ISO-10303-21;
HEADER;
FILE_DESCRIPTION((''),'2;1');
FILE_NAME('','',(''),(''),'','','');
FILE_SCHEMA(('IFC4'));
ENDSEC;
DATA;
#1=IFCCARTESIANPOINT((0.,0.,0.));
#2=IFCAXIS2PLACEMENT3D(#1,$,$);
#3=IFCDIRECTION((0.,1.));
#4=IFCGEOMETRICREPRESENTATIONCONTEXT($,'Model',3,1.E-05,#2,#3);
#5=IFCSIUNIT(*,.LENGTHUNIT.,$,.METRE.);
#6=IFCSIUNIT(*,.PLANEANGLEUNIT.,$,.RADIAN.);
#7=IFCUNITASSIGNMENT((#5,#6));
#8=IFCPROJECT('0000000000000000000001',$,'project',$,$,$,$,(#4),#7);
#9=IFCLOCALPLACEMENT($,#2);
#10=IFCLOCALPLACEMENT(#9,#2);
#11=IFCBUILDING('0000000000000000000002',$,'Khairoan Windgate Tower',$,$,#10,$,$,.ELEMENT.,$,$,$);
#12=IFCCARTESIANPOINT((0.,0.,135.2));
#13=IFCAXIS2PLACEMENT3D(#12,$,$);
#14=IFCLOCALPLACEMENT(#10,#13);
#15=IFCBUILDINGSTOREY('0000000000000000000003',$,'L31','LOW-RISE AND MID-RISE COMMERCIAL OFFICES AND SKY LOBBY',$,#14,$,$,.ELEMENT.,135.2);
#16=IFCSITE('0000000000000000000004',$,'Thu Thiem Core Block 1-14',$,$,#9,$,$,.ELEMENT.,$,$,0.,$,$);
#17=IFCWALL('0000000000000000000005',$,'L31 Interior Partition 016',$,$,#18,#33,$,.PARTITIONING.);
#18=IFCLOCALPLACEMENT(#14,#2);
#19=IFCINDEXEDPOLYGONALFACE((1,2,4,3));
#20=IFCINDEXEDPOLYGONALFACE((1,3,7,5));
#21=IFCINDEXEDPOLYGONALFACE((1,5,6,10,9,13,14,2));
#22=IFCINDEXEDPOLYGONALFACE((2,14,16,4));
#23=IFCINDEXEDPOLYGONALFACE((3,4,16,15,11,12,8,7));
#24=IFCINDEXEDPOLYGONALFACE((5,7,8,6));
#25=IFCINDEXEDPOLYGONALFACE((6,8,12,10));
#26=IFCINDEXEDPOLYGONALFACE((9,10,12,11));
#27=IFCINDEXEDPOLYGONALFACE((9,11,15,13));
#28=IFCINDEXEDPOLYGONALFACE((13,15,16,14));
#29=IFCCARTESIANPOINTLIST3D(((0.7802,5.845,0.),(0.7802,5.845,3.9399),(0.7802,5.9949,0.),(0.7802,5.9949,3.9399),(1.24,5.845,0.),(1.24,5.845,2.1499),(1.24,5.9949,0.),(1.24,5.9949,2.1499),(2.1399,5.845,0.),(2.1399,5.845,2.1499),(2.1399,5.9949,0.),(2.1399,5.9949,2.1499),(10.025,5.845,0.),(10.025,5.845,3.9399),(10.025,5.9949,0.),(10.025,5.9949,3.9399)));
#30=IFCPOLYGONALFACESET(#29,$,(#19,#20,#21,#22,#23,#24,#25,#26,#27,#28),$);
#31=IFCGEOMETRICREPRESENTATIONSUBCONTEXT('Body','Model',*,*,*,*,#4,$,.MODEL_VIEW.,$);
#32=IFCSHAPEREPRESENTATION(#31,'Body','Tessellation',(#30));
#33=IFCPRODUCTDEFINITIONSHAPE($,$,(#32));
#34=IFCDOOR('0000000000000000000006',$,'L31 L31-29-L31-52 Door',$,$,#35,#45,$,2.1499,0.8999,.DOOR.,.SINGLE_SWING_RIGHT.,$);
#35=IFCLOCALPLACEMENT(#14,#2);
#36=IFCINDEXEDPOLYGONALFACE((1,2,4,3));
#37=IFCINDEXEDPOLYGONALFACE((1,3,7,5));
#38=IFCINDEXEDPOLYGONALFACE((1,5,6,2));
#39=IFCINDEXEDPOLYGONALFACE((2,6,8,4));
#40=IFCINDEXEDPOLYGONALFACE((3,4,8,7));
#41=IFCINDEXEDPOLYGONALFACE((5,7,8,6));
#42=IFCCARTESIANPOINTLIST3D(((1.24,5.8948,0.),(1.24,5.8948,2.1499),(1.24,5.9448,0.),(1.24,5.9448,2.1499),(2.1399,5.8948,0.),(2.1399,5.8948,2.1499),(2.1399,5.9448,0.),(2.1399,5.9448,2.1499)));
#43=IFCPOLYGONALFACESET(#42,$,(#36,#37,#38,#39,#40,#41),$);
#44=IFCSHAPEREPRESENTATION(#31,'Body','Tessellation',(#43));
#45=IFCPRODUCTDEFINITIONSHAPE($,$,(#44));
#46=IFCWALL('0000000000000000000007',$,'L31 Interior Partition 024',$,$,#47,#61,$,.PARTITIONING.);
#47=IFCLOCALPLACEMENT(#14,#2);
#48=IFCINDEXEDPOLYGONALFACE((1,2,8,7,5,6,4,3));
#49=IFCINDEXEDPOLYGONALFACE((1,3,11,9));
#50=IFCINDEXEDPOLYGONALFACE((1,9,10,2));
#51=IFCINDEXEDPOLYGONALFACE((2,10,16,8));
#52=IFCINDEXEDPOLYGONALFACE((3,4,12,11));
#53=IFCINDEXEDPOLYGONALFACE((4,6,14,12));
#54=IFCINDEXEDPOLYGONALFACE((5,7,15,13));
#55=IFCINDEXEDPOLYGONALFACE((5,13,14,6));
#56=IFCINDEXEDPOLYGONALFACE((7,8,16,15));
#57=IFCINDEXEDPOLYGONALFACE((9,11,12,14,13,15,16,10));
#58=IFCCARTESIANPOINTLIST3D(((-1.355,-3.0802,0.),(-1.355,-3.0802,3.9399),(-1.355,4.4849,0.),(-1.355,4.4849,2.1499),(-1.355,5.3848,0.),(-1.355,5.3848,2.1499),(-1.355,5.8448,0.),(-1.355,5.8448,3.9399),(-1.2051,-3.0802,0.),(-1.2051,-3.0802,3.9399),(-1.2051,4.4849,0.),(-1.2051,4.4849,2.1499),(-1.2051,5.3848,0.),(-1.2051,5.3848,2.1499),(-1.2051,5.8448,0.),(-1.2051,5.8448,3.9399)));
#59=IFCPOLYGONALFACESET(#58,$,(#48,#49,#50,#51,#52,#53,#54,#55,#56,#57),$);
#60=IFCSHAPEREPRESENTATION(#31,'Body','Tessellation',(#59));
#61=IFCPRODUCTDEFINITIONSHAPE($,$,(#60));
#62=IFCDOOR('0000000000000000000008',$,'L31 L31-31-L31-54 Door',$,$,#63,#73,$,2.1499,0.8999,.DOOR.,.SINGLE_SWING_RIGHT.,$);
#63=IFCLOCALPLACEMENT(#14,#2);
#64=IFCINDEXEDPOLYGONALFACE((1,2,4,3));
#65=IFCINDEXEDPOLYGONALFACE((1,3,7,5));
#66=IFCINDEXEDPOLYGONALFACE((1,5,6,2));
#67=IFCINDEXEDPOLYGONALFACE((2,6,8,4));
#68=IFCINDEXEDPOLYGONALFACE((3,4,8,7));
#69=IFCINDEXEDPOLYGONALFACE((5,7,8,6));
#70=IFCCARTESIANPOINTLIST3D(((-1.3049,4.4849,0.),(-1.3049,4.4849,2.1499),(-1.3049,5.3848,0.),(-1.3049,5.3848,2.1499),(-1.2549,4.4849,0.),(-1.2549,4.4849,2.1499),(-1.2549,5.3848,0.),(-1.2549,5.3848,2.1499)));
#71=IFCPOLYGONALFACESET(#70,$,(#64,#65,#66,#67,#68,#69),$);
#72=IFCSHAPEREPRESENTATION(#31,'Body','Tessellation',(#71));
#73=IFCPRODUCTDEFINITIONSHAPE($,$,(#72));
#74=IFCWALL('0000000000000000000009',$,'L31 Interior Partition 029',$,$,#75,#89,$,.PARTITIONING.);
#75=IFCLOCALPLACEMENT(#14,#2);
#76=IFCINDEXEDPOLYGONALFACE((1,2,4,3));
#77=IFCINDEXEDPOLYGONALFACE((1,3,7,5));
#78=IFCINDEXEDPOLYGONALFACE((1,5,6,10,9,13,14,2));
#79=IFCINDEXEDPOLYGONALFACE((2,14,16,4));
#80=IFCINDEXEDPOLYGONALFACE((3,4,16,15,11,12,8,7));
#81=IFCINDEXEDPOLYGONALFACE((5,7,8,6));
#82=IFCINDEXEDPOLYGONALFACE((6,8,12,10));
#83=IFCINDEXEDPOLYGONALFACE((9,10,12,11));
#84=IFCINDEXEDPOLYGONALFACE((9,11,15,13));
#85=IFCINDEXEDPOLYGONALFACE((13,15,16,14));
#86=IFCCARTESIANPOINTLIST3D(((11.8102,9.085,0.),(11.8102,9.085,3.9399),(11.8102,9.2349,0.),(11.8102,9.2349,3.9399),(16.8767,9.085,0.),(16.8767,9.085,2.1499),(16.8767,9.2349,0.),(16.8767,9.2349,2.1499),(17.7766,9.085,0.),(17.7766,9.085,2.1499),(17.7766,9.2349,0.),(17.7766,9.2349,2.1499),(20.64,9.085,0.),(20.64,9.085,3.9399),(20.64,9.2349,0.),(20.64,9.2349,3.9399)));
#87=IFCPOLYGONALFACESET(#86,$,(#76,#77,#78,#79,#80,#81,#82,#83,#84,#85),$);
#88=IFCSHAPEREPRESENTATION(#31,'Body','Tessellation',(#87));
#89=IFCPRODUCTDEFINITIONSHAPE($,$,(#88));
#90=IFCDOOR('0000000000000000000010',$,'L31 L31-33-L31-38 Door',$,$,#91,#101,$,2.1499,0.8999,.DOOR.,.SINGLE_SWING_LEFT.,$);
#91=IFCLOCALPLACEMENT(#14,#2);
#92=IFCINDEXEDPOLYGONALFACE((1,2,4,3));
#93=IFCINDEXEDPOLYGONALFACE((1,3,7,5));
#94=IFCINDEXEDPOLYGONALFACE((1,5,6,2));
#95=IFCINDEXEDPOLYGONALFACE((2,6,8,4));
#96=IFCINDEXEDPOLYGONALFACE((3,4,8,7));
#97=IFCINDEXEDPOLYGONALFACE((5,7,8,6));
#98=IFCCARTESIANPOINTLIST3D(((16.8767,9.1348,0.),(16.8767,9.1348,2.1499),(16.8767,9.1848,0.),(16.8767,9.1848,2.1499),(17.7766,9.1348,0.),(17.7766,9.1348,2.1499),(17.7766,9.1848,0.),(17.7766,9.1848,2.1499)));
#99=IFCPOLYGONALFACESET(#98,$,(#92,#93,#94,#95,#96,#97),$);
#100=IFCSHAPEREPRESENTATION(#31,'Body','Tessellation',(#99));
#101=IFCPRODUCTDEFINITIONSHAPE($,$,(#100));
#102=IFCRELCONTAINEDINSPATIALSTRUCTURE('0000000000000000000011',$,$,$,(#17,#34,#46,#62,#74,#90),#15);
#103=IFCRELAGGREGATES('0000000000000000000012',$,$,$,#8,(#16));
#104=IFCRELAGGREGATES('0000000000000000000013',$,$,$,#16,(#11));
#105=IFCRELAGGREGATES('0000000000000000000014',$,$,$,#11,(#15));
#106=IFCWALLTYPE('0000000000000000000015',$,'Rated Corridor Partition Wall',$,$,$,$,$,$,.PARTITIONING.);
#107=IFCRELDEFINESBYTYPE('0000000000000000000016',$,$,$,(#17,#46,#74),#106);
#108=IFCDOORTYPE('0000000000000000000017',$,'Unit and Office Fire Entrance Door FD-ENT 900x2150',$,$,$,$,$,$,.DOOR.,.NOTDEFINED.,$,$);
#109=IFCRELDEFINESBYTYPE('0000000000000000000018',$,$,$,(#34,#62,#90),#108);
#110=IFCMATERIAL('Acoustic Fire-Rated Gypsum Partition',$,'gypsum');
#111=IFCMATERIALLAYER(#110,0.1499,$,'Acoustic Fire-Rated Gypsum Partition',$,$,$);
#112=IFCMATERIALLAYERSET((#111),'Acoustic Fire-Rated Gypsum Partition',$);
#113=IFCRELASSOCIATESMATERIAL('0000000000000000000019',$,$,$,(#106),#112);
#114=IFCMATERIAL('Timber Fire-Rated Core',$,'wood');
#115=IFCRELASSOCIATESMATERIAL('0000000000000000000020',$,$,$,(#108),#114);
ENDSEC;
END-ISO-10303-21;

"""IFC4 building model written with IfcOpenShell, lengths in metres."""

from ifc_helpers import new_model, si_unit, direction, frame, frame_2d, origin, place, context, subcontext, project, spatial, rectangle, extrude, material, layer, layer_set, type_object, element, fill, save


model = new_model("IFC4")

# Units and contexts
model_context = context("Model", 3, precision=1e-05, world=origin(), true_north=direction((0.0, 1.0)))
body_context = subcontext(model_context, "Body", "Model", "MODEL_VIEW")
ifc_project = project(units=[si_unit("LENGTHUNIT", "METRE"), si_unit("PLANEANGLEUNIT", "RADIAN")], contexts=[model_context])

# Site, building, storey
site_placement = place(None, origin())
site = spatial("IfcSite", under=ifc_project, at=site_placement, Name="Thu Thiem Core Block 1-14", CompositionType="ELEMENT", RefElevation=0.0)
building_placement = place(site_placement, origin())
building = spatial("IfcBuilding", under=site, at=building_placement, Name="Khairoan Windgate Tower", CompositionType="ELEMENT")
storey_placement = place(building_placement, frame((0.0, 0.0, 135.2)))
storey = spatial("IfcBuildingStorey", under=building, at=storey_placement, Name="L31", Description="LOW-RISE AND MID-RISE COMMERCIAL OFFICES AND SKY LOBBY", CompositionType="ELEMENT", Elevation=135.2)

# Walls, openings, doors
ifc_material_1 = material(Name="Acoustic Fire-Rated Gypsum Partition", Category="gypsum")
ifc_layer_1 = layer(ifc_material_1, 0.1499, Name="Acoustic Fire-Rated Gypsum Partition")
ifc_layer_set_1 = layer_set([ifc_layer_1], Name="Acoustic Fire-Rated Gypsum Partition")
wall_type_1 = type_object("IfcWallType", Name="Rated Corridor Partition Wall", PredefinedType="PARTITIONING", material=ifc_layer_set_1)
wall_1_placement = place(storey_placement, frame((0.78, 5.9199, 0.0), z_axis=(0.0, 0.0, 1.0), x_axis=(1.0, 0.0, 0.0)))
wall_1 = element("IfcWall", 1, at=wall_1_placement, inside=storey, type_object=wall_type_1, Name="L31 Interior Partition 016", PredefinedType="PARTITIONING", context=body_context, shape_type="SweptSolid", body=[
    extrude(rectangle(XDim=9.2449, YDim=0.1499, at=frame_2d((4.6226, 0.0))), origin(), (0.0, 0.0, 1.0), 3.9399),
])
opening_1_placement = place(wall_1_placement, frame((0.46, 0.0, 0.0)))
opening_1 = element("IfcOpeningElement", 2, at=opening_1_placement, cuts=wall_1, PredefinedType="OPENING", context=body_context, shape_type="SweptSolid", body=[
    extrude(rectangle(XDim=0.8999, YDim=2.1499, at=frame_2d((0.45, 1.075))), frame((0.0, 0.085, 0.0), z_axis=(0.0, -1.0, 0.0), x_axis=(1.0, 0.0, 0.0)), (0.0, 0.0, 1.0), 0.1699),
])
ifc_material_2 = material(Name="Timber Fire-Rated Core", Category="wood")
door_type = type_object("IfcDoorType", Name="Unit and Office Fire Entrance Door FD-ENT 900x2150", OperationType="NOTDEFINED", PredefinedType="DOOR", material=ifc_material_2)
door_1_placement = place(opening_1_placement, origin())
door_1 = element("IfcDoor", 3, at=door_1_placement, inside=storey, type_object=door_type, Name="L31 L31-29-L31-52 Door", OperationType="SINGLE_SWING_RIGHT", OverallHeight=2.1499, OverallWidth=0.8999, PredefinedType="DOOR", context=body_context, shape_type="SweptSolid", body=[
    extrude(rectangle(XDim=0.8999, YDim=2.1499, at=frame_2d((0.45, 1.075))), frame((0.0, 0.0249, 0.0), z_axis=(0.0, -1.0, 0.0), x_axis=(1.0, 0.0, 0.0)), (0.0, 0.0, 1.0), 0.05),
])
fill(opening_1, door_1)
wall_2_placement = place(storey_placement, frame((-1.28, -3.0801, 0.0), z_axis=(0.0, 0.0, 1.0), x_axis=(0.0, 1.0, 0.0)))
wall_2 = element("IfcWall", 4, at=wall_2_placement, inside=storey, type_object=wall_type_1, Name="L31 Interior Partition 024", PredefinedType="PARTITIONING", context=body_context, shape_type="SweptSolid", body=[
    extrude(rectangle(XDim=8.925, YDim=0.1499, at=frame_2d((4.4624, 0.0))), origin(), (0.0, 0.0, 1.0), 3.9399),
])
opening_2_placement = place(wall_2_placement, frame((7.5649, 0.0, 0.0)))
opening_2 = element("IfcOpeningElement", 5, at=opening_2_placement, cuts=wall_2, PredefinedType="OPENING", context=body_context, shape_type="SweptSolid", body=[
    extrude(rectangle(XDim=0.8999, YDim=2.1499, at=frame_2d((0.45, 1.075))), frame((0.0, 0.085, 0.0), z_axis=(0.0, -1.0, 0.0), x_axis=(1.0, 0.0, 0.0)), (0.0, 0.0, 1.0), 0.1699),
])
door_2_placement = place(opening_2_placement, origin())
door_2 = element("IfcDoor", 6, at=door_2_placement, inside=storey, type_object=door_type, Name="L31 L31-31-L31-54 Door", OperationType="SINGLE_SWING_RIGHT", OverallHeight=2.1499, OverallWidth=0.8999, PredefinedType="DOOR", context=body_context, shape_type="SweptSolid", body=[
    extrude(rectangle(XDim=0.8999, YDim=2.1499, at=frame_2d((0.45, 1.075))), frame((0.0, 0.0249, 0.0), z_axis=(0.0, -1.0, 0.0), x_axis=(1.0, 0.0, 0.0)), (0.0, 0.0, 1.0), 0.05),
])
fill(opening_2, door_2)
wall_3_placement = place(storey_placement, frame((11.8101, 9.1599, 0.0), z_axis=(0.0, 0.0, 1.0), x_axis=(1.0, 0.0, 0.0)))
wall_3 = element("IfcWall", 7, at=wall_3_placement, inside=storey, type_object=wall_type_1, Name="L31 Interior Partition 029", PredefinedType="PARTITIONING", context=body_context, shape_type="SweptSolid", body=[
    extrude(rectangle(XDim=8.8298, YDim=0.1499, at=frame_2d((4.415, 0.0))), origin(), (0.0, 0.0, 1.0), 3.9399),
])
opening_3_placement = place(wall_3_placement, frame((5.0667, 0.0, 0.0)))
opening_3 = element("IfcOpeningElement", 8, at=opening_3_placement, cuts=wall_3, PredefinedType="OPENING", context=body_context, shape_type="SweptSolid", body=[
    extrude(rectangle(XDim=0.8999, YDim=2.1499, at=frame_2d((0.45, 1.075))), frame((0.0, 0.085, 0.0), z_axis=(0.0, -1.0, 0.0), x_axis=(1.0, 0.0, 0.0)), (0.0, 0.0, 1.0), 0.1699),
])
door_3_placement = place(opening_3_placement, origin())
door_3 = element("IfcDoor", 9, at=door_3_placement, inside=storey, type_object=door_type, Name="L31 L31-33-L31-38 Door", OperationType="SINGLE_SWING_LEFT", OverallHeight=2.1499, OverallWidth=0.8999, PredefinedType="DOOR", context=body_context, shape_type="SweptSolid", body=[
    extrude(rectangle(XDim=0.8999, YDim=2.1499, at=frame_2d((0.45, 1.075))), frame((0.0, 0.0249, 0.0), z_axis=(0.0, -1.0, 0.0), x_axis=(1.0, 0.0, 0.0)), (0.0, 0.0, 1.0), 0.05),
])
fill(opening_3, door_3)

save(model, "model.ifc")
